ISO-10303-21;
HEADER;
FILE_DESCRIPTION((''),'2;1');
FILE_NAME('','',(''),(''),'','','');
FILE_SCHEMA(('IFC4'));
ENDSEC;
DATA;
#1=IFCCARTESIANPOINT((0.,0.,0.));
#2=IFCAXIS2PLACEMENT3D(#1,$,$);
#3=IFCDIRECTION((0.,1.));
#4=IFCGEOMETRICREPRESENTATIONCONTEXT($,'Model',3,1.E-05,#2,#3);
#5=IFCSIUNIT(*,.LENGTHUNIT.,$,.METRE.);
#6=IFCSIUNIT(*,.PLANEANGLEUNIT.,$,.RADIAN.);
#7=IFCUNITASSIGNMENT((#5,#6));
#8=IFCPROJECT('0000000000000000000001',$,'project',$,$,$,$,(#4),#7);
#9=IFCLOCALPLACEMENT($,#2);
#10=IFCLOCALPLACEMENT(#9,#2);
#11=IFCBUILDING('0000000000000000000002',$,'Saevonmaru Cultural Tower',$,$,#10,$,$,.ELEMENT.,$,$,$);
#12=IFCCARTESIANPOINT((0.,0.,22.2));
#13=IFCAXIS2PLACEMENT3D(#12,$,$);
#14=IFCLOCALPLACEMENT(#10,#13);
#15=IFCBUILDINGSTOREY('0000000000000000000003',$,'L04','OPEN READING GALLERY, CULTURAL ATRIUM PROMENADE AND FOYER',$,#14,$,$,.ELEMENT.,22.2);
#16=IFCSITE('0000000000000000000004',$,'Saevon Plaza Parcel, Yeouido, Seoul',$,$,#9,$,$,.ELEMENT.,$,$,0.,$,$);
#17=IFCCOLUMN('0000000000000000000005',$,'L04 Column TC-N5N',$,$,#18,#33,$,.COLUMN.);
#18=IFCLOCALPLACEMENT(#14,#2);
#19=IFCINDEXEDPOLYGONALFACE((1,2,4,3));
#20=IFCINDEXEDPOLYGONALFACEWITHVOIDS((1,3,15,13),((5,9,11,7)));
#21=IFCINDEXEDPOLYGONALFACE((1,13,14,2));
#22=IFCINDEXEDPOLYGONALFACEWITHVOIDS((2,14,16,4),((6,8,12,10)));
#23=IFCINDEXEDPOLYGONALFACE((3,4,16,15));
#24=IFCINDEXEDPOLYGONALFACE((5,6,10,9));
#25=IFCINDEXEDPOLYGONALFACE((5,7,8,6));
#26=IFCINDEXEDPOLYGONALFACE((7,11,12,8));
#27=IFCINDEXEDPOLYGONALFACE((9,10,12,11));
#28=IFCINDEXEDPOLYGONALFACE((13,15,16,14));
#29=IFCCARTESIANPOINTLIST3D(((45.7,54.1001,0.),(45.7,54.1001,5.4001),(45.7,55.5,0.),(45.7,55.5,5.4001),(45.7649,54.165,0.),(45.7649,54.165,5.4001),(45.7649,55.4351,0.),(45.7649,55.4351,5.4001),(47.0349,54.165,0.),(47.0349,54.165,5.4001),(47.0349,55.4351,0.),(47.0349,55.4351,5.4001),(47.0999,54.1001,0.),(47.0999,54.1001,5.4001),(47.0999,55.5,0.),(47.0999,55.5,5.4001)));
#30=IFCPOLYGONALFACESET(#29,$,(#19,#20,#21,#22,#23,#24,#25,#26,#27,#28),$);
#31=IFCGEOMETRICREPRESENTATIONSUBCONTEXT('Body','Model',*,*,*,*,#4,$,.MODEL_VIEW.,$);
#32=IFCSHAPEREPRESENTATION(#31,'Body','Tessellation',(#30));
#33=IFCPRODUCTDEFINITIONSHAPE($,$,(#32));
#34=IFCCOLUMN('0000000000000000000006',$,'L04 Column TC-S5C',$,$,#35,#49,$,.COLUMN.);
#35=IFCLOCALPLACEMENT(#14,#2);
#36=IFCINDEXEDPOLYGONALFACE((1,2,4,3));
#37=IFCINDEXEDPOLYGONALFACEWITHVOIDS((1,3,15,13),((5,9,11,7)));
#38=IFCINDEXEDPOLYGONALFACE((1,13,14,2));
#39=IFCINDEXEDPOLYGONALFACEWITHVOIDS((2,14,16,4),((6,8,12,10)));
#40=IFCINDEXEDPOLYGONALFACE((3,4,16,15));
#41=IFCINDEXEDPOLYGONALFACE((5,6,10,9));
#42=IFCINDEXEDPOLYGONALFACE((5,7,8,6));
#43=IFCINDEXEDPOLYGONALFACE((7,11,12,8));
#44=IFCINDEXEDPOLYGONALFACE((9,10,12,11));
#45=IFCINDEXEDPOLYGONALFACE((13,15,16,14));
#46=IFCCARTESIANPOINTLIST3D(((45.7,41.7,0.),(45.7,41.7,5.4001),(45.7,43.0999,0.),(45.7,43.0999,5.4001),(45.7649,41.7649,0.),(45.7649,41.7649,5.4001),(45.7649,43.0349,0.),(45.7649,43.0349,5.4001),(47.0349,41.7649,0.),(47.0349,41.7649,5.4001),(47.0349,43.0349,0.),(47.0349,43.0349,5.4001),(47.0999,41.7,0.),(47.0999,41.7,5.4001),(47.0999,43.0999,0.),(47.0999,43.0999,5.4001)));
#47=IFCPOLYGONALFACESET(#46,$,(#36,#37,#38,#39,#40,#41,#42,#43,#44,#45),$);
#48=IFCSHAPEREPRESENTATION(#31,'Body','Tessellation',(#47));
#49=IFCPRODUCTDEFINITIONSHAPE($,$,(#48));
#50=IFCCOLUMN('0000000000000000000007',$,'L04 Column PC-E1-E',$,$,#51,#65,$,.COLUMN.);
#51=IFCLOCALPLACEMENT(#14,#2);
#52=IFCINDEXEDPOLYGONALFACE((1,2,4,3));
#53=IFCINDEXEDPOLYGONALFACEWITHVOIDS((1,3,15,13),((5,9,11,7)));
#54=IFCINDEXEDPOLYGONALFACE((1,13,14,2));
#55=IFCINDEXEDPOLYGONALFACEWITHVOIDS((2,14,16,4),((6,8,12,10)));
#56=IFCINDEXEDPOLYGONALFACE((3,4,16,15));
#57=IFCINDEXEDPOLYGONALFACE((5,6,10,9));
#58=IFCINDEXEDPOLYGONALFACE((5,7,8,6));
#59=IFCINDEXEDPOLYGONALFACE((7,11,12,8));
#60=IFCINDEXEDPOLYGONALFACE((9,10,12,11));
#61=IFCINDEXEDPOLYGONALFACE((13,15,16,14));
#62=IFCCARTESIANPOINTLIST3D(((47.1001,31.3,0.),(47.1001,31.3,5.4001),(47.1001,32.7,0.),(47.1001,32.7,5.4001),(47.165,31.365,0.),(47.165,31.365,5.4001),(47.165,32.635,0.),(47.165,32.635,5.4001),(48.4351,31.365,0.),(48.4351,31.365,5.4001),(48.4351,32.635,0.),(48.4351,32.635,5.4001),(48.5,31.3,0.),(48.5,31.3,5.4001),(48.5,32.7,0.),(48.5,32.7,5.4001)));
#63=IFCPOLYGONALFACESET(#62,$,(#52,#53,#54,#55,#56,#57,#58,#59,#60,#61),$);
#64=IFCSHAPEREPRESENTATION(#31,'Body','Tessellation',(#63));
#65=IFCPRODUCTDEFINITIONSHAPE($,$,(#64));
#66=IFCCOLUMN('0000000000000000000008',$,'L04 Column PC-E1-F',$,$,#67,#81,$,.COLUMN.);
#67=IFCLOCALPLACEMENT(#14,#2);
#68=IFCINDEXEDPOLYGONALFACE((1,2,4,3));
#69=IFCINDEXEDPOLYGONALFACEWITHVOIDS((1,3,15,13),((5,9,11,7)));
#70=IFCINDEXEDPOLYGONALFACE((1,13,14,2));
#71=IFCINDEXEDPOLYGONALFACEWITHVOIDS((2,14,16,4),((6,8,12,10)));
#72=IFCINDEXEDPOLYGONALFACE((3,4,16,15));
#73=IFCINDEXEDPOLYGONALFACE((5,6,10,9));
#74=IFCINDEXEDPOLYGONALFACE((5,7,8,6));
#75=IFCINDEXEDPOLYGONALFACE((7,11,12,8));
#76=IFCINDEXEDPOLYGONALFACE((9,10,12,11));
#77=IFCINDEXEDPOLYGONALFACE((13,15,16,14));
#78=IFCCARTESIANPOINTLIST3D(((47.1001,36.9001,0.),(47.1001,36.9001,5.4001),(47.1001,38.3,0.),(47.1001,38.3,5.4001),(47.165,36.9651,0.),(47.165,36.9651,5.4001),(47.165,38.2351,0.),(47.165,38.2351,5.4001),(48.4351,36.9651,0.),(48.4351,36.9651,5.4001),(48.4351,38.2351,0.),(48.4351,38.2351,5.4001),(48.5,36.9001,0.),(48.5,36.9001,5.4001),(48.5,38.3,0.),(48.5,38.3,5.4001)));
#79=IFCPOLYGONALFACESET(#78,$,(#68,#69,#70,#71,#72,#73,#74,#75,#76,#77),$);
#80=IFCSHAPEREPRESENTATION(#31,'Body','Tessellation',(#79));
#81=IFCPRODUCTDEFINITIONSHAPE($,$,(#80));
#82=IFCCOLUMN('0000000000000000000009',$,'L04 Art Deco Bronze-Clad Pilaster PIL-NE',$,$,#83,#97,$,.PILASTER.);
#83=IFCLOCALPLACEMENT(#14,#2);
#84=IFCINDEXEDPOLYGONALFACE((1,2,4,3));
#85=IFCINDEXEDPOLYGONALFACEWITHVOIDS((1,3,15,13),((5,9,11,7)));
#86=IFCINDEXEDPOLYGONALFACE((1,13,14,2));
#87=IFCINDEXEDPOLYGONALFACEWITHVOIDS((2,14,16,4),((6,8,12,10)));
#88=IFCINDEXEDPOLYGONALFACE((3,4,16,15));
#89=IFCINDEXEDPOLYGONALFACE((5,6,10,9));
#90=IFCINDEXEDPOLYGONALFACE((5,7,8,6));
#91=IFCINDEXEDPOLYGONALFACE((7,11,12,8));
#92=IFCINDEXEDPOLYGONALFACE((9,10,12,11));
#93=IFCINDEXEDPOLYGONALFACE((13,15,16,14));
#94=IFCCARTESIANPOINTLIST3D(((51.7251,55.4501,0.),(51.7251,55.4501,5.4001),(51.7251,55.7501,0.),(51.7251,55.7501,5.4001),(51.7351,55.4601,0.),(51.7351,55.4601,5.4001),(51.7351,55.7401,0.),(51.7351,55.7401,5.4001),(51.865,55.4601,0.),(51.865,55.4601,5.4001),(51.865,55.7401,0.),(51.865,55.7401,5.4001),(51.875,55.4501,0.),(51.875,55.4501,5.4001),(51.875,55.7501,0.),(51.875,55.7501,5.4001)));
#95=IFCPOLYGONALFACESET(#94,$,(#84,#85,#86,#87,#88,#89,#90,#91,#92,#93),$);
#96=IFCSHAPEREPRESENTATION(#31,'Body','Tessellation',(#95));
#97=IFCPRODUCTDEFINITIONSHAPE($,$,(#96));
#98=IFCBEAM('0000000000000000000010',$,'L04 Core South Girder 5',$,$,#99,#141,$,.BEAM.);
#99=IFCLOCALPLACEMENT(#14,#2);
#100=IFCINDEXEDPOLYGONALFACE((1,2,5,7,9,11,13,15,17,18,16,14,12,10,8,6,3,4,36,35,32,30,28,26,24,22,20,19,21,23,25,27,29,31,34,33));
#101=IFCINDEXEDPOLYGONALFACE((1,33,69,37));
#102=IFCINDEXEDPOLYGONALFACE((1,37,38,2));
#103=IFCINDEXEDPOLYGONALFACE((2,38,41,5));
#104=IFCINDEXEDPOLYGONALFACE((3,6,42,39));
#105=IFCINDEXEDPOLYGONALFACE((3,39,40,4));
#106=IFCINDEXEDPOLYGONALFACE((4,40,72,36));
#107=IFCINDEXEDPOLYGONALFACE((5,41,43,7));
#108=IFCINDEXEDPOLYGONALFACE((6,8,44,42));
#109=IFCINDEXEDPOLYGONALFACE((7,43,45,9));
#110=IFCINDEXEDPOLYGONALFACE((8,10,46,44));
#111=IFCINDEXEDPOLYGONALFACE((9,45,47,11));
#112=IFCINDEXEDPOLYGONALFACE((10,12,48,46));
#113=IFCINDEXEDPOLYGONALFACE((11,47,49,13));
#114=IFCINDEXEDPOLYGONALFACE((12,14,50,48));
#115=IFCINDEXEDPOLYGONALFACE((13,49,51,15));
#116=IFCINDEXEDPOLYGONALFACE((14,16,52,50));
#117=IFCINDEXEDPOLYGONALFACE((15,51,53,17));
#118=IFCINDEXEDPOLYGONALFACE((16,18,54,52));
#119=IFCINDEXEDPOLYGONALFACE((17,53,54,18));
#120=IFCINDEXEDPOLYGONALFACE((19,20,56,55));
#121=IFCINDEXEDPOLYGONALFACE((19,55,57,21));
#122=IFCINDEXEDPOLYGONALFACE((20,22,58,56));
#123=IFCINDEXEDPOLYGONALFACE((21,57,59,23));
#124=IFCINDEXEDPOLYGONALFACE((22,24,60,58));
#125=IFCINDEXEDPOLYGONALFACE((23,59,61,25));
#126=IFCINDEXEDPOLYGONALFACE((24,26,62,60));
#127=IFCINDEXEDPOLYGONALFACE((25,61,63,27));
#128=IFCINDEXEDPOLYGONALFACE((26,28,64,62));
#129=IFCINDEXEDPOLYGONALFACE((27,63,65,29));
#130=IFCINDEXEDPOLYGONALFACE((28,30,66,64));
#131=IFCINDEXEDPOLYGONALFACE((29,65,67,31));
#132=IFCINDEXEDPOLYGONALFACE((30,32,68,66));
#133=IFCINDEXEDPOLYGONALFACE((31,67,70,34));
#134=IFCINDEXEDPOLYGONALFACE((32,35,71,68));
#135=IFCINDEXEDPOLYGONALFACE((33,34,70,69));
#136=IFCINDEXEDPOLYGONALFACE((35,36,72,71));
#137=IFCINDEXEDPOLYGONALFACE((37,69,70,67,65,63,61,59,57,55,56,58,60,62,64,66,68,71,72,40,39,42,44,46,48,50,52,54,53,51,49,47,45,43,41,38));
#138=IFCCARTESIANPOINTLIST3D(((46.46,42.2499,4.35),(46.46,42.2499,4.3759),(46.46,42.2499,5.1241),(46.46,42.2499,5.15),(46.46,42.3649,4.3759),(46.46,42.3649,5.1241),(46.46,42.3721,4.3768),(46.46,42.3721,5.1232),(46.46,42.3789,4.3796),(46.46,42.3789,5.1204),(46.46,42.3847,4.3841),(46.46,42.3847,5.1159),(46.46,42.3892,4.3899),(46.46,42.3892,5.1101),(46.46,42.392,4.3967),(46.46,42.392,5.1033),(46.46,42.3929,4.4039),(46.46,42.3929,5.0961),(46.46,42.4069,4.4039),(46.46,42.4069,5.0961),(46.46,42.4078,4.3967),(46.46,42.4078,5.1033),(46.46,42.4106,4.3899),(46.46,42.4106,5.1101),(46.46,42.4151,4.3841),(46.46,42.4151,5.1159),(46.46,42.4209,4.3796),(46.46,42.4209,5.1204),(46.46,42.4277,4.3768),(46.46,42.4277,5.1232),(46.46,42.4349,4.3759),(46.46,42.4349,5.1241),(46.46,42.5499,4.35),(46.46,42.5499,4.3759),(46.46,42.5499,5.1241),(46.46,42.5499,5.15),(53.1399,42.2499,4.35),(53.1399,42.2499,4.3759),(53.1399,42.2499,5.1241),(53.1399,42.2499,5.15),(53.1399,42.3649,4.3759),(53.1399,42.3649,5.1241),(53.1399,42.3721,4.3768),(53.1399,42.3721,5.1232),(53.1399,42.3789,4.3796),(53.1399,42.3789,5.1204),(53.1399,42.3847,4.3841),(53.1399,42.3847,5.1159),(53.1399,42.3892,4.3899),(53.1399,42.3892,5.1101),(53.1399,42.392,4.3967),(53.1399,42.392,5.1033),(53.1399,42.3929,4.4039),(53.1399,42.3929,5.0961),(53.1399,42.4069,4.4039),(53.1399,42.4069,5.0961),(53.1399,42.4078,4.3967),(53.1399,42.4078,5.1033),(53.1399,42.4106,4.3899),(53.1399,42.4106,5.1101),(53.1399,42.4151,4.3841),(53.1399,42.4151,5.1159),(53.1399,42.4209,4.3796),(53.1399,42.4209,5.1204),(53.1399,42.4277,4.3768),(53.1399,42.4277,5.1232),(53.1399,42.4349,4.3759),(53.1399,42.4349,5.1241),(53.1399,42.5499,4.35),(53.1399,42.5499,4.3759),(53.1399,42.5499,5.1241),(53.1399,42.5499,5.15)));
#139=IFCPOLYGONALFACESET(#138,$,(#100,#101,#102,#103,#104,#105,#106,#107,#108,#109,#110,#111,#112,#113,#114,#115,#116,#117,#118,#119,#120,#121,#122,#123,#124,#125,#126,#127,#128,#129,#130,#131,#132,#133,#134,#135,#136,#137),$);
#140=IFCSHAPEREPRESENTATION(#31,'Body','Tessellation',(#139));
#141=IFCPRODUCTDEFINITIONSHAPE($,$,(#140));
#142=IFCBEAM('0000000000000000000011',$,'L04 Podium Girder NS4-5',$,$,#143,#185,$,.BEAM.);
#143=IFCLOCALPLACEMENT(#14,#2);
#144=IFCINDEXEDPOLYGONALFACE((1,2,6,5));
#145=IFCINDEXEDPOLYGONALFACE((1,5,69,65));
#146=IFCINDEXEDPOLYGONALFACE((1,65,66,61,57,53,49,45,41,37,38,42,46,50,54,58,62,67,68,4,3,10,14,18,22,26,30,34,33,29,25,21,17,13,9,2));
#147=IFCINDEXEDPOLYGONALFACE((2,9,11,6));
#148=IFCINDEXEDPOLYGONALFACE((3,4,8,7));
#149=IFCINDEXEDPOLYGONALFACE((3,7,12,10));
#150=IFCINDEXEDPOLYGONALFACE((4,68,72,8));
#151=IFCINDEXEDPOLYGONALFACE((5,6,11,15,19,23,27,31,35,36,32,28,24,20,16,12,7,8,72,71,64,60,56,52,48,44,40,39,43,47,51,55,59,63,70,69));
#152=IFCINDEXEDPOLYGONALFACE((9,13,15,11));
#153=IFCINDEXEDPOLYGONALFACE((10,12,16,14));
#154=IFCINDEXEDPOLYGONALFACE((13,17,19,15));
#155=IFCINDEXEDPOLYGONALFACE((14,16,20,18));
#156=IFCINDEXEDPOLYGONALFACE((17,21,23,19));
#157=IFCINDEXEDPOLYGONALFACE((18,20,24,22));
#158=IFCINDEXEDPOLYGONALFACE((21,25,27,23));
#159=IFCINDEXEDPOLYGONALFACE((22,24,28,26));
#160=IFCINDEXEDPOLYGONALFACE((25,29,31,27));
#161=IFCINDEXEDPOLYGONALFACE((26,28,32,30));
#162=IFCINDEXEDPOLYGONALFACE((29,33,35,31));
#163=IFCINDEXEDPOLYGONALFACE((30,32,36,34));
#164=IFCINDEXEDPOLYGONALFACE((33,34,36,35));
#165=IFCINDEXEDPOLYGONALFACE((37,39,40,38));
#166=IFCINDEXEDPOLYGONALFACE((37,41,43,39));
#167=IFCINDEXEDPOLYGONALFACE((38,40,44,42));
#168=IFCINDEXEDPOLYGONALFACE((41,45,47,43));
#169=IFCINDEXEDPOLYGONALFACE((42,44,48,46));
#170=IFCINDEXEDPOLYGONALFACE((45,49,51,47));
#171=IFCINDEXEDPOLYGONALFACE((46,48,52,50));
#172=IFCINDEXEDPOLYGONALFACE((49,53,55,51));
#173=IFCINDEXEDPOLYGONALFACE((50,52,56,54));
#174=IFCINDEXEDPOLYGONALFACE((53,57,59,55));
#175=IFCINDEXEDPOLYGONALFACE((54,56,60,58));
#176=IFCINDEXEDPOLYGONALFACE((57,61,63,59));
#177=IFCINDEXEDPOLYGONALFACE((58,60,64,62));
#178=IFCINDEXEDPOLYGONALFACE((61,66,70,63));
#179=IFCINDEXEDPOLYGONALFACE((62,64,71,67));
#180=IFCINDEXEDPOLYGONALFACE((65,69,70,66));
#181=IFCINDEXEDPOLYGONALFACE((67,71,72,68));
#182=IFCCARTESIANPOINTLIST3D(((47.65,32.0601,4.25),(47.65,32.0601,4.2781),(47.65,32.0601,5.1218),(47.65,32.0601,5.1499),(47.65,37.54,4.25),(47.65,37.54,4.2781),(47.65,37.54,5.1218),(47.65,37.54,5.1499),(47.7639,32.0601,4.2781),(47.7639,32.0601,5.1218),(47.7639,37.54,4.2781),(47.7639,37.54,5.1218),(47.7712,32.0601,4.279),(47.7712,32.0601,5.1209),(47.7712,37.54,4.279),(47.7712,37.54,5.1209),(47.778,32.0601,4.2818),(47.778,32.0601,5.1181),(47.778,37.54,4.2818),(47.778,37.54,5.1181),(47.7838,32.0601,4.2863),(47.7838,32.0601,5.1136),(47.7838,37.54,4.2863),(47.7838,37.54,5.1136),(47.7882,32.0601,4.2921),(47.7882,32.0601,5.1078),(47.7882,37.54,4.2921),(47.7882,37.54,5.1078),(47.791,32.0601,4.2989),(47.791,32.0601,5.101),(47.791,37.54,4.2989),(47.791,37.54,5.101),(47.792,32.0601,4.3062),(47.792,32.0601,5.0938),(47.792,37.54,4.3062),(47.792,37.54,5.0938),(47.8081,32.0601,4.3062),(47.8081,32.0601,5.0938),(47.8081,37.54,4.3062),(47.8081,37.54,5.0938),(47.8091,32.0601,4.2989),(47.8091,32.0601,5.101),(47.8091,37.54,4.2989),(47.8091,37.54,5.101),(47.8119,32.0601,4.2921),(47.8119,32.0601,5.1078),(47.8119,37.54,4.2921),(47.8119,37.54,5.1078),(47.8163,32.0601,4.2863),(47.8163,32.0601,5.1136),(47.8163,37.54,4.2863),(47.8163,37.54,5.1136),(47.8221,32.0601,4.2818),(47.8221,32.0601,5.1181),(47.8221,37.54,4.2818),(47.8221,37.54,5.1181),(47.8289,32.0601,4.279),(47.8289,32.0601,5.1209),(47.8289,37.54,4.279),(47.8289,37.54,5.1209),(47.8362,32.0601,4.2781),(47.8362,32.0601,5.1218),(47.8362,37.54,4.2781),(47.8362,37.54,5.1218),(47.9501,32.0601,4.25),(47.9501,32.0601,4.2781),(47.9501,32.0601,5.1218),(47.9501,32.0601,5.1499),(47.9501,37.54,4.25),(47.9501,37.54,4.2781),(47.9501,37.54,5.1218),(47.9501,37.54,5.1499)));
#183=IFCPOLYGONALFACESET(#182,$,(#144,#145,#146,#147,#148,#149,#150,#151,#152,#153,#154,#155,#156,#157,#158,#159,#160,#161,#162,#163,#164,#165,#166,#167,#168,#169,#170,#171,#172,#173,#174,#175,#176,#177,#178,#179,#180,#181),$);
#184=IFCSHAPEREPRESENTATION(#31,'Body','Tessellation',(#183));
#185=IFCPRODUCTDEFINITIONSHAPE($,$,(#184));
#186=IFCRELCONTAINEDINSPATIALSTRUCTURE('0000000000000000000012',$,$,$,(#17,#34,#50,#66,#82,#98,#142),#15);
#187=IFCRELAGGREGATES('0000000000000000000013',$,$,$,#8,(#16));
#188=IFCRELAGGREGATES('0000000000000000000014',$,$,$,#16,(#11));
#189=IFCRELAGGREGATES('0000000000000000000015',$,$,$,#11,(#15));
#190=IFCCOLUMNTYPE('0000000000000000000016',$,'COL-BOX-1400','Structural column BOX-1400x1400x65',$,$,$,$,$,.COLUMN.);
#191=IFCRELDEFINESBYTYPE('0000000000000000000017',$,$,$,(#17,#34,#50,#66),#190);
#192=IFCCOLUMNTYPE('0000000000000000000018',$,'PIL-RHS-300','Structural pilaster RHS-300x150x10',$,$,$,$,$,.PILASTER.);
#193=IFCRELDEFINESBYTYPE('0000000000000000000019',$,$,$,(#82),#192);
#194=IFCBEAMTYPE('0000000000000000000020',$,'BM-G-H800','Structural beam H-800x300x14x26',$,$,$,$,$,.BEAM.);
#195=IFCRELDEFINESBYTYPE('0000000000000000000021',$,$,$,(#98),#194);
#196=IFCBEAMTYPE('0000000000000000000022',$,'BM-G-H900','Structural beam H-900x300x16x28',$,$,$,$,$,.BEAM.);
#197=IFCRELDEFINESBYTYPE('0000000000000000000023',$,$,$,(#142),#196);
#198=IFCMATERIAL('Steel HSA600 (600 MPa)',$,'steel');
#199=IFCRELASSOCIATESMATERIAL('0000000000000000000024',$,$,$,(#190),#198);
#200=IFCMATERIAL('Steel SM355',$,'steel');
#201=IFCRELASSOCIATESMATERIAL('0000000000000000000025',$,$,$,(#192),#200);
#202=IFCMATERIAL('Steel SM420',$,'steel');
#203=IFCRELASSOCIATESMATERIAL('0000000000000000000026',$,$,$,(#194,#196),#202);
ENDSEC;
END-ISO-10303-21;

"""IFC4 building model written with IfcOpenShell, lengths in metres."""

from ifc_helpers import new_model, si_unit, direction, frame, origin, origin_2d, place, context, subcontext, project, spatial, hollow_rectangle, i_section, extrude, material, material_profile, profile_set, type_object, element, save


model = new_model("IFC4")

# Units and contexts
model_context = context("Model", 3, precision=1e-05, world=origin(), true_north=direction((0.0, 1.0)))
body_context = subcontext(model_context, "Body", "Model", "MODEL_VIEW")
ifc_project = project(units=[si_unit("LENGTHUNIT", "METRE"), si_unit("PLANEANGLEUNIT", "RADIAN")], contexts=[model_context])

# Site, building, storey
site_placement = place(None, origin())
site = spatial("IfcSite", under=ifc_project, at=site_placement, Name="Saevon Plaza Parcel, Yeouido, Seoul", CompositionType="ELEMENT", RefElevation=0.0)
building_placement = place(site_placement, origin())
building = spatial("IfcBuilding", under=site, at=building_placement, Name="Saevonmaru Cultural Tower", CompositionType="ELEMENT")
storey_placement = place(building_placement, frame((0.0, 0.0, 22.2)))
storey = spatial("IfcBuildingStorey", under=building, at=storey_placement, Name="L04", Description="OPEN READING GALLERY, CULTURAL ATRIUM PROMENADE AND FOYER", CompositionType="ELEMENT", Elevation=22.2)

# Columns
ifc_material_1 = material(Name="Steel HSA600 (600 MPa)", Category="steel")
ifc_material_profile_1 = material_profile(ifc_material_1, hollow_rectangle(XDim=1.3999, YDim=1.3999, WallThickness=0.0649, at=origin_2d()), Name="BOX-1400x1400x65")
ifc_profile_set_1 = profile_set([ifc_material_profile_1], Name="Steel HSA600 (600 MPa)")
column_type_1 = type_object("IfcColumnType", Name="COL-BOX-1400", Description="Structural column BOX-1400x1400x65", PredefinedType="COLUMN", material=ifc_profile_set_1)
for number, where, z_axis, x_axis, name in (
    (1, (46.3999, 54.8, 0.0), (0.0, 0.0, 1.0), (1.0, 0.0, 0.0), "L04 Column TC-N5N"),
    (2, (46.3999, 42.3999, 0.0), (0.0, 0.0, 1.0), (1.0, 0.0, 0.0), "L04 Column TC-S5C"),
    (3, (47.8, 32.0, 0.0), (0.0, 0.0, 1.0), (1.0, 0.0, 0.0), "L04 Column PC-E1-E"),
    (4, (47.8, 37.6001, 0.0), (0.0, 0.0, 1.0), (1.0, 0.0, 0.0), "L04 Column PC-E1-F"),
):
    element("IfcColumn", number, at=place(storey_placement, frame(where, z_axis=z_axis, x_axis=x_axis)), inside=storey, type_object=column_type_1, Name=name, PredefinedType="COLUMN", context=body_context, shape_type="SweptSolid", body=[
        extrude(hollow_rectangle(XDim=1.3999, YDim=1.3999, WallThickness=0.0649, at=origin_2d()), origin(), (0.0, 0.0, 1.0), 5.4001),
    ])
ifc_material_2 = material(Name="Steel SM355", Category="steel")
ifc_material_profile_2 = material_profile(ifc_material_2, hollow_rectangle(XDim=0.1499, YDim=0.3, WallThickness=0.01, at=origin_2d()), Name="RHS-300x150x10")
ifc_profile_set_2 = profile_set([ifc_material_profile_2], Name="Steel SM355")
column_type_2 = type_object("IfcColumnType", Name="PIL-RHS-300", Description="Structural pilaster RHS-300x150x10", PredefinedType="PILASTER", material=ifc_profile_set_2)
column_placement = place(storey_placement, frame((51.8, 55.6001, 0.0), z_axis=(0.0, 0.0, 1.0), x_axis=(1.0, 0.0, 0.0)))
element("IfcColumn", 5, at=column_placement, inside=storey, type_object=column_type_2, Name="L04 Art Deco Bronze-Clad Pilaster PIL-NE", PredefinedType="PILASTER", context=body_context, shape_type="SweptSolid", body=[
    extrude(hollow_rectangle(XDim=0.1499, YDim=0.3, WallThickness=0.01, at=origin_2d()), origin(), (0.0, 0.0, 1.0), 5.4001),
])

# Beams
ifc_material_3 = material(Name="Steel SM420", Category="steel")
ifc_material_profile_3 = material_profile(ifc_material_3, i_section(OverallWidth=0.3, OverallDepth=0.8, WebThickness=0.0139, FlangeThickness=0.0259, FilletRadius=0.0281, at=origin_2d()), Name="H-800x300x14x26")
ifc_profile_set_3 = profile_set([ifc_material_profile_3], Name="Steel SM420")
beam_type_1 = type_object("IfcBeamType", Name="BM-G-H800", Description="Structural beam H-800x300x14x26", PredefinedType="BEAM", material=ifc_profile_set_3)
beam_1_placement = place(storey_placement, frame((46.46, 42.3999, 4.75), z_axis=(1.0, 0.0, 0.0), x_axis=(0.0, 1.0, 0.0)))
element("IfcBeam", 6, at=beam_1_placement, inside=storey, type_object=beam_type_1, Name="L04 Core South Girder 5", PredefinedType="BEAM", context=body_context, shape_type="SweptSolid", body=[
    extrude(i_section(OverallWidth=0.3, OverallDepth=0.8, WebThickness=0.0139, FlangeThickness=0.0259, FilletRadius=0.0281, at=origin_2d()), origin(), (0.0, 0.0, 1.0), 6.6799),
])
ifc_material_profile_4 = material_profile(ifc_material_3, i_section(OverallWidth=0.3, OverallDepth=0.8999, WebThickness=0.0161, FlangeThickness=0.0281, FilletRadius=0.0281, at=origin_2d()), Name="H-900x300x16x28")
ifc_profile_set_4 = profile_set([ifc_material_profile_4], Name="Steel SM420")
beam_type_2 = type_object("IfcBeamType", Name="BM-G-H900", Description="Structural beam H-900x300x16x28", PredefinedType="BEAM", material=ifc_profile_set_4)
beam_2_placement = place(storey_placement, frame((47.8, 32.0601, 4.7), z_axis=(0.0, 1.0, 0.0), x_axis=(-1.0, 0.0, 0.0)))
element("IfcBeam", 7, at=beam_2_placement, inside=storey, type_object=beam_type_2, Name="L04 Podium Girder NS4-5", PredefinedType="BEAM", context=body_context, shape_type="SweptSolid", body=[
    extrude(i_section(OverallWidth=0.3, OverallDepth=0.8999, WebThickness=0.0161, FlangeThickness=0.0281, FilletRadius=0.0281, at=origin_2d()), origin(), (0.0, 0.0, 1.0), 5.48),
])

save(model, "model.ifc")
